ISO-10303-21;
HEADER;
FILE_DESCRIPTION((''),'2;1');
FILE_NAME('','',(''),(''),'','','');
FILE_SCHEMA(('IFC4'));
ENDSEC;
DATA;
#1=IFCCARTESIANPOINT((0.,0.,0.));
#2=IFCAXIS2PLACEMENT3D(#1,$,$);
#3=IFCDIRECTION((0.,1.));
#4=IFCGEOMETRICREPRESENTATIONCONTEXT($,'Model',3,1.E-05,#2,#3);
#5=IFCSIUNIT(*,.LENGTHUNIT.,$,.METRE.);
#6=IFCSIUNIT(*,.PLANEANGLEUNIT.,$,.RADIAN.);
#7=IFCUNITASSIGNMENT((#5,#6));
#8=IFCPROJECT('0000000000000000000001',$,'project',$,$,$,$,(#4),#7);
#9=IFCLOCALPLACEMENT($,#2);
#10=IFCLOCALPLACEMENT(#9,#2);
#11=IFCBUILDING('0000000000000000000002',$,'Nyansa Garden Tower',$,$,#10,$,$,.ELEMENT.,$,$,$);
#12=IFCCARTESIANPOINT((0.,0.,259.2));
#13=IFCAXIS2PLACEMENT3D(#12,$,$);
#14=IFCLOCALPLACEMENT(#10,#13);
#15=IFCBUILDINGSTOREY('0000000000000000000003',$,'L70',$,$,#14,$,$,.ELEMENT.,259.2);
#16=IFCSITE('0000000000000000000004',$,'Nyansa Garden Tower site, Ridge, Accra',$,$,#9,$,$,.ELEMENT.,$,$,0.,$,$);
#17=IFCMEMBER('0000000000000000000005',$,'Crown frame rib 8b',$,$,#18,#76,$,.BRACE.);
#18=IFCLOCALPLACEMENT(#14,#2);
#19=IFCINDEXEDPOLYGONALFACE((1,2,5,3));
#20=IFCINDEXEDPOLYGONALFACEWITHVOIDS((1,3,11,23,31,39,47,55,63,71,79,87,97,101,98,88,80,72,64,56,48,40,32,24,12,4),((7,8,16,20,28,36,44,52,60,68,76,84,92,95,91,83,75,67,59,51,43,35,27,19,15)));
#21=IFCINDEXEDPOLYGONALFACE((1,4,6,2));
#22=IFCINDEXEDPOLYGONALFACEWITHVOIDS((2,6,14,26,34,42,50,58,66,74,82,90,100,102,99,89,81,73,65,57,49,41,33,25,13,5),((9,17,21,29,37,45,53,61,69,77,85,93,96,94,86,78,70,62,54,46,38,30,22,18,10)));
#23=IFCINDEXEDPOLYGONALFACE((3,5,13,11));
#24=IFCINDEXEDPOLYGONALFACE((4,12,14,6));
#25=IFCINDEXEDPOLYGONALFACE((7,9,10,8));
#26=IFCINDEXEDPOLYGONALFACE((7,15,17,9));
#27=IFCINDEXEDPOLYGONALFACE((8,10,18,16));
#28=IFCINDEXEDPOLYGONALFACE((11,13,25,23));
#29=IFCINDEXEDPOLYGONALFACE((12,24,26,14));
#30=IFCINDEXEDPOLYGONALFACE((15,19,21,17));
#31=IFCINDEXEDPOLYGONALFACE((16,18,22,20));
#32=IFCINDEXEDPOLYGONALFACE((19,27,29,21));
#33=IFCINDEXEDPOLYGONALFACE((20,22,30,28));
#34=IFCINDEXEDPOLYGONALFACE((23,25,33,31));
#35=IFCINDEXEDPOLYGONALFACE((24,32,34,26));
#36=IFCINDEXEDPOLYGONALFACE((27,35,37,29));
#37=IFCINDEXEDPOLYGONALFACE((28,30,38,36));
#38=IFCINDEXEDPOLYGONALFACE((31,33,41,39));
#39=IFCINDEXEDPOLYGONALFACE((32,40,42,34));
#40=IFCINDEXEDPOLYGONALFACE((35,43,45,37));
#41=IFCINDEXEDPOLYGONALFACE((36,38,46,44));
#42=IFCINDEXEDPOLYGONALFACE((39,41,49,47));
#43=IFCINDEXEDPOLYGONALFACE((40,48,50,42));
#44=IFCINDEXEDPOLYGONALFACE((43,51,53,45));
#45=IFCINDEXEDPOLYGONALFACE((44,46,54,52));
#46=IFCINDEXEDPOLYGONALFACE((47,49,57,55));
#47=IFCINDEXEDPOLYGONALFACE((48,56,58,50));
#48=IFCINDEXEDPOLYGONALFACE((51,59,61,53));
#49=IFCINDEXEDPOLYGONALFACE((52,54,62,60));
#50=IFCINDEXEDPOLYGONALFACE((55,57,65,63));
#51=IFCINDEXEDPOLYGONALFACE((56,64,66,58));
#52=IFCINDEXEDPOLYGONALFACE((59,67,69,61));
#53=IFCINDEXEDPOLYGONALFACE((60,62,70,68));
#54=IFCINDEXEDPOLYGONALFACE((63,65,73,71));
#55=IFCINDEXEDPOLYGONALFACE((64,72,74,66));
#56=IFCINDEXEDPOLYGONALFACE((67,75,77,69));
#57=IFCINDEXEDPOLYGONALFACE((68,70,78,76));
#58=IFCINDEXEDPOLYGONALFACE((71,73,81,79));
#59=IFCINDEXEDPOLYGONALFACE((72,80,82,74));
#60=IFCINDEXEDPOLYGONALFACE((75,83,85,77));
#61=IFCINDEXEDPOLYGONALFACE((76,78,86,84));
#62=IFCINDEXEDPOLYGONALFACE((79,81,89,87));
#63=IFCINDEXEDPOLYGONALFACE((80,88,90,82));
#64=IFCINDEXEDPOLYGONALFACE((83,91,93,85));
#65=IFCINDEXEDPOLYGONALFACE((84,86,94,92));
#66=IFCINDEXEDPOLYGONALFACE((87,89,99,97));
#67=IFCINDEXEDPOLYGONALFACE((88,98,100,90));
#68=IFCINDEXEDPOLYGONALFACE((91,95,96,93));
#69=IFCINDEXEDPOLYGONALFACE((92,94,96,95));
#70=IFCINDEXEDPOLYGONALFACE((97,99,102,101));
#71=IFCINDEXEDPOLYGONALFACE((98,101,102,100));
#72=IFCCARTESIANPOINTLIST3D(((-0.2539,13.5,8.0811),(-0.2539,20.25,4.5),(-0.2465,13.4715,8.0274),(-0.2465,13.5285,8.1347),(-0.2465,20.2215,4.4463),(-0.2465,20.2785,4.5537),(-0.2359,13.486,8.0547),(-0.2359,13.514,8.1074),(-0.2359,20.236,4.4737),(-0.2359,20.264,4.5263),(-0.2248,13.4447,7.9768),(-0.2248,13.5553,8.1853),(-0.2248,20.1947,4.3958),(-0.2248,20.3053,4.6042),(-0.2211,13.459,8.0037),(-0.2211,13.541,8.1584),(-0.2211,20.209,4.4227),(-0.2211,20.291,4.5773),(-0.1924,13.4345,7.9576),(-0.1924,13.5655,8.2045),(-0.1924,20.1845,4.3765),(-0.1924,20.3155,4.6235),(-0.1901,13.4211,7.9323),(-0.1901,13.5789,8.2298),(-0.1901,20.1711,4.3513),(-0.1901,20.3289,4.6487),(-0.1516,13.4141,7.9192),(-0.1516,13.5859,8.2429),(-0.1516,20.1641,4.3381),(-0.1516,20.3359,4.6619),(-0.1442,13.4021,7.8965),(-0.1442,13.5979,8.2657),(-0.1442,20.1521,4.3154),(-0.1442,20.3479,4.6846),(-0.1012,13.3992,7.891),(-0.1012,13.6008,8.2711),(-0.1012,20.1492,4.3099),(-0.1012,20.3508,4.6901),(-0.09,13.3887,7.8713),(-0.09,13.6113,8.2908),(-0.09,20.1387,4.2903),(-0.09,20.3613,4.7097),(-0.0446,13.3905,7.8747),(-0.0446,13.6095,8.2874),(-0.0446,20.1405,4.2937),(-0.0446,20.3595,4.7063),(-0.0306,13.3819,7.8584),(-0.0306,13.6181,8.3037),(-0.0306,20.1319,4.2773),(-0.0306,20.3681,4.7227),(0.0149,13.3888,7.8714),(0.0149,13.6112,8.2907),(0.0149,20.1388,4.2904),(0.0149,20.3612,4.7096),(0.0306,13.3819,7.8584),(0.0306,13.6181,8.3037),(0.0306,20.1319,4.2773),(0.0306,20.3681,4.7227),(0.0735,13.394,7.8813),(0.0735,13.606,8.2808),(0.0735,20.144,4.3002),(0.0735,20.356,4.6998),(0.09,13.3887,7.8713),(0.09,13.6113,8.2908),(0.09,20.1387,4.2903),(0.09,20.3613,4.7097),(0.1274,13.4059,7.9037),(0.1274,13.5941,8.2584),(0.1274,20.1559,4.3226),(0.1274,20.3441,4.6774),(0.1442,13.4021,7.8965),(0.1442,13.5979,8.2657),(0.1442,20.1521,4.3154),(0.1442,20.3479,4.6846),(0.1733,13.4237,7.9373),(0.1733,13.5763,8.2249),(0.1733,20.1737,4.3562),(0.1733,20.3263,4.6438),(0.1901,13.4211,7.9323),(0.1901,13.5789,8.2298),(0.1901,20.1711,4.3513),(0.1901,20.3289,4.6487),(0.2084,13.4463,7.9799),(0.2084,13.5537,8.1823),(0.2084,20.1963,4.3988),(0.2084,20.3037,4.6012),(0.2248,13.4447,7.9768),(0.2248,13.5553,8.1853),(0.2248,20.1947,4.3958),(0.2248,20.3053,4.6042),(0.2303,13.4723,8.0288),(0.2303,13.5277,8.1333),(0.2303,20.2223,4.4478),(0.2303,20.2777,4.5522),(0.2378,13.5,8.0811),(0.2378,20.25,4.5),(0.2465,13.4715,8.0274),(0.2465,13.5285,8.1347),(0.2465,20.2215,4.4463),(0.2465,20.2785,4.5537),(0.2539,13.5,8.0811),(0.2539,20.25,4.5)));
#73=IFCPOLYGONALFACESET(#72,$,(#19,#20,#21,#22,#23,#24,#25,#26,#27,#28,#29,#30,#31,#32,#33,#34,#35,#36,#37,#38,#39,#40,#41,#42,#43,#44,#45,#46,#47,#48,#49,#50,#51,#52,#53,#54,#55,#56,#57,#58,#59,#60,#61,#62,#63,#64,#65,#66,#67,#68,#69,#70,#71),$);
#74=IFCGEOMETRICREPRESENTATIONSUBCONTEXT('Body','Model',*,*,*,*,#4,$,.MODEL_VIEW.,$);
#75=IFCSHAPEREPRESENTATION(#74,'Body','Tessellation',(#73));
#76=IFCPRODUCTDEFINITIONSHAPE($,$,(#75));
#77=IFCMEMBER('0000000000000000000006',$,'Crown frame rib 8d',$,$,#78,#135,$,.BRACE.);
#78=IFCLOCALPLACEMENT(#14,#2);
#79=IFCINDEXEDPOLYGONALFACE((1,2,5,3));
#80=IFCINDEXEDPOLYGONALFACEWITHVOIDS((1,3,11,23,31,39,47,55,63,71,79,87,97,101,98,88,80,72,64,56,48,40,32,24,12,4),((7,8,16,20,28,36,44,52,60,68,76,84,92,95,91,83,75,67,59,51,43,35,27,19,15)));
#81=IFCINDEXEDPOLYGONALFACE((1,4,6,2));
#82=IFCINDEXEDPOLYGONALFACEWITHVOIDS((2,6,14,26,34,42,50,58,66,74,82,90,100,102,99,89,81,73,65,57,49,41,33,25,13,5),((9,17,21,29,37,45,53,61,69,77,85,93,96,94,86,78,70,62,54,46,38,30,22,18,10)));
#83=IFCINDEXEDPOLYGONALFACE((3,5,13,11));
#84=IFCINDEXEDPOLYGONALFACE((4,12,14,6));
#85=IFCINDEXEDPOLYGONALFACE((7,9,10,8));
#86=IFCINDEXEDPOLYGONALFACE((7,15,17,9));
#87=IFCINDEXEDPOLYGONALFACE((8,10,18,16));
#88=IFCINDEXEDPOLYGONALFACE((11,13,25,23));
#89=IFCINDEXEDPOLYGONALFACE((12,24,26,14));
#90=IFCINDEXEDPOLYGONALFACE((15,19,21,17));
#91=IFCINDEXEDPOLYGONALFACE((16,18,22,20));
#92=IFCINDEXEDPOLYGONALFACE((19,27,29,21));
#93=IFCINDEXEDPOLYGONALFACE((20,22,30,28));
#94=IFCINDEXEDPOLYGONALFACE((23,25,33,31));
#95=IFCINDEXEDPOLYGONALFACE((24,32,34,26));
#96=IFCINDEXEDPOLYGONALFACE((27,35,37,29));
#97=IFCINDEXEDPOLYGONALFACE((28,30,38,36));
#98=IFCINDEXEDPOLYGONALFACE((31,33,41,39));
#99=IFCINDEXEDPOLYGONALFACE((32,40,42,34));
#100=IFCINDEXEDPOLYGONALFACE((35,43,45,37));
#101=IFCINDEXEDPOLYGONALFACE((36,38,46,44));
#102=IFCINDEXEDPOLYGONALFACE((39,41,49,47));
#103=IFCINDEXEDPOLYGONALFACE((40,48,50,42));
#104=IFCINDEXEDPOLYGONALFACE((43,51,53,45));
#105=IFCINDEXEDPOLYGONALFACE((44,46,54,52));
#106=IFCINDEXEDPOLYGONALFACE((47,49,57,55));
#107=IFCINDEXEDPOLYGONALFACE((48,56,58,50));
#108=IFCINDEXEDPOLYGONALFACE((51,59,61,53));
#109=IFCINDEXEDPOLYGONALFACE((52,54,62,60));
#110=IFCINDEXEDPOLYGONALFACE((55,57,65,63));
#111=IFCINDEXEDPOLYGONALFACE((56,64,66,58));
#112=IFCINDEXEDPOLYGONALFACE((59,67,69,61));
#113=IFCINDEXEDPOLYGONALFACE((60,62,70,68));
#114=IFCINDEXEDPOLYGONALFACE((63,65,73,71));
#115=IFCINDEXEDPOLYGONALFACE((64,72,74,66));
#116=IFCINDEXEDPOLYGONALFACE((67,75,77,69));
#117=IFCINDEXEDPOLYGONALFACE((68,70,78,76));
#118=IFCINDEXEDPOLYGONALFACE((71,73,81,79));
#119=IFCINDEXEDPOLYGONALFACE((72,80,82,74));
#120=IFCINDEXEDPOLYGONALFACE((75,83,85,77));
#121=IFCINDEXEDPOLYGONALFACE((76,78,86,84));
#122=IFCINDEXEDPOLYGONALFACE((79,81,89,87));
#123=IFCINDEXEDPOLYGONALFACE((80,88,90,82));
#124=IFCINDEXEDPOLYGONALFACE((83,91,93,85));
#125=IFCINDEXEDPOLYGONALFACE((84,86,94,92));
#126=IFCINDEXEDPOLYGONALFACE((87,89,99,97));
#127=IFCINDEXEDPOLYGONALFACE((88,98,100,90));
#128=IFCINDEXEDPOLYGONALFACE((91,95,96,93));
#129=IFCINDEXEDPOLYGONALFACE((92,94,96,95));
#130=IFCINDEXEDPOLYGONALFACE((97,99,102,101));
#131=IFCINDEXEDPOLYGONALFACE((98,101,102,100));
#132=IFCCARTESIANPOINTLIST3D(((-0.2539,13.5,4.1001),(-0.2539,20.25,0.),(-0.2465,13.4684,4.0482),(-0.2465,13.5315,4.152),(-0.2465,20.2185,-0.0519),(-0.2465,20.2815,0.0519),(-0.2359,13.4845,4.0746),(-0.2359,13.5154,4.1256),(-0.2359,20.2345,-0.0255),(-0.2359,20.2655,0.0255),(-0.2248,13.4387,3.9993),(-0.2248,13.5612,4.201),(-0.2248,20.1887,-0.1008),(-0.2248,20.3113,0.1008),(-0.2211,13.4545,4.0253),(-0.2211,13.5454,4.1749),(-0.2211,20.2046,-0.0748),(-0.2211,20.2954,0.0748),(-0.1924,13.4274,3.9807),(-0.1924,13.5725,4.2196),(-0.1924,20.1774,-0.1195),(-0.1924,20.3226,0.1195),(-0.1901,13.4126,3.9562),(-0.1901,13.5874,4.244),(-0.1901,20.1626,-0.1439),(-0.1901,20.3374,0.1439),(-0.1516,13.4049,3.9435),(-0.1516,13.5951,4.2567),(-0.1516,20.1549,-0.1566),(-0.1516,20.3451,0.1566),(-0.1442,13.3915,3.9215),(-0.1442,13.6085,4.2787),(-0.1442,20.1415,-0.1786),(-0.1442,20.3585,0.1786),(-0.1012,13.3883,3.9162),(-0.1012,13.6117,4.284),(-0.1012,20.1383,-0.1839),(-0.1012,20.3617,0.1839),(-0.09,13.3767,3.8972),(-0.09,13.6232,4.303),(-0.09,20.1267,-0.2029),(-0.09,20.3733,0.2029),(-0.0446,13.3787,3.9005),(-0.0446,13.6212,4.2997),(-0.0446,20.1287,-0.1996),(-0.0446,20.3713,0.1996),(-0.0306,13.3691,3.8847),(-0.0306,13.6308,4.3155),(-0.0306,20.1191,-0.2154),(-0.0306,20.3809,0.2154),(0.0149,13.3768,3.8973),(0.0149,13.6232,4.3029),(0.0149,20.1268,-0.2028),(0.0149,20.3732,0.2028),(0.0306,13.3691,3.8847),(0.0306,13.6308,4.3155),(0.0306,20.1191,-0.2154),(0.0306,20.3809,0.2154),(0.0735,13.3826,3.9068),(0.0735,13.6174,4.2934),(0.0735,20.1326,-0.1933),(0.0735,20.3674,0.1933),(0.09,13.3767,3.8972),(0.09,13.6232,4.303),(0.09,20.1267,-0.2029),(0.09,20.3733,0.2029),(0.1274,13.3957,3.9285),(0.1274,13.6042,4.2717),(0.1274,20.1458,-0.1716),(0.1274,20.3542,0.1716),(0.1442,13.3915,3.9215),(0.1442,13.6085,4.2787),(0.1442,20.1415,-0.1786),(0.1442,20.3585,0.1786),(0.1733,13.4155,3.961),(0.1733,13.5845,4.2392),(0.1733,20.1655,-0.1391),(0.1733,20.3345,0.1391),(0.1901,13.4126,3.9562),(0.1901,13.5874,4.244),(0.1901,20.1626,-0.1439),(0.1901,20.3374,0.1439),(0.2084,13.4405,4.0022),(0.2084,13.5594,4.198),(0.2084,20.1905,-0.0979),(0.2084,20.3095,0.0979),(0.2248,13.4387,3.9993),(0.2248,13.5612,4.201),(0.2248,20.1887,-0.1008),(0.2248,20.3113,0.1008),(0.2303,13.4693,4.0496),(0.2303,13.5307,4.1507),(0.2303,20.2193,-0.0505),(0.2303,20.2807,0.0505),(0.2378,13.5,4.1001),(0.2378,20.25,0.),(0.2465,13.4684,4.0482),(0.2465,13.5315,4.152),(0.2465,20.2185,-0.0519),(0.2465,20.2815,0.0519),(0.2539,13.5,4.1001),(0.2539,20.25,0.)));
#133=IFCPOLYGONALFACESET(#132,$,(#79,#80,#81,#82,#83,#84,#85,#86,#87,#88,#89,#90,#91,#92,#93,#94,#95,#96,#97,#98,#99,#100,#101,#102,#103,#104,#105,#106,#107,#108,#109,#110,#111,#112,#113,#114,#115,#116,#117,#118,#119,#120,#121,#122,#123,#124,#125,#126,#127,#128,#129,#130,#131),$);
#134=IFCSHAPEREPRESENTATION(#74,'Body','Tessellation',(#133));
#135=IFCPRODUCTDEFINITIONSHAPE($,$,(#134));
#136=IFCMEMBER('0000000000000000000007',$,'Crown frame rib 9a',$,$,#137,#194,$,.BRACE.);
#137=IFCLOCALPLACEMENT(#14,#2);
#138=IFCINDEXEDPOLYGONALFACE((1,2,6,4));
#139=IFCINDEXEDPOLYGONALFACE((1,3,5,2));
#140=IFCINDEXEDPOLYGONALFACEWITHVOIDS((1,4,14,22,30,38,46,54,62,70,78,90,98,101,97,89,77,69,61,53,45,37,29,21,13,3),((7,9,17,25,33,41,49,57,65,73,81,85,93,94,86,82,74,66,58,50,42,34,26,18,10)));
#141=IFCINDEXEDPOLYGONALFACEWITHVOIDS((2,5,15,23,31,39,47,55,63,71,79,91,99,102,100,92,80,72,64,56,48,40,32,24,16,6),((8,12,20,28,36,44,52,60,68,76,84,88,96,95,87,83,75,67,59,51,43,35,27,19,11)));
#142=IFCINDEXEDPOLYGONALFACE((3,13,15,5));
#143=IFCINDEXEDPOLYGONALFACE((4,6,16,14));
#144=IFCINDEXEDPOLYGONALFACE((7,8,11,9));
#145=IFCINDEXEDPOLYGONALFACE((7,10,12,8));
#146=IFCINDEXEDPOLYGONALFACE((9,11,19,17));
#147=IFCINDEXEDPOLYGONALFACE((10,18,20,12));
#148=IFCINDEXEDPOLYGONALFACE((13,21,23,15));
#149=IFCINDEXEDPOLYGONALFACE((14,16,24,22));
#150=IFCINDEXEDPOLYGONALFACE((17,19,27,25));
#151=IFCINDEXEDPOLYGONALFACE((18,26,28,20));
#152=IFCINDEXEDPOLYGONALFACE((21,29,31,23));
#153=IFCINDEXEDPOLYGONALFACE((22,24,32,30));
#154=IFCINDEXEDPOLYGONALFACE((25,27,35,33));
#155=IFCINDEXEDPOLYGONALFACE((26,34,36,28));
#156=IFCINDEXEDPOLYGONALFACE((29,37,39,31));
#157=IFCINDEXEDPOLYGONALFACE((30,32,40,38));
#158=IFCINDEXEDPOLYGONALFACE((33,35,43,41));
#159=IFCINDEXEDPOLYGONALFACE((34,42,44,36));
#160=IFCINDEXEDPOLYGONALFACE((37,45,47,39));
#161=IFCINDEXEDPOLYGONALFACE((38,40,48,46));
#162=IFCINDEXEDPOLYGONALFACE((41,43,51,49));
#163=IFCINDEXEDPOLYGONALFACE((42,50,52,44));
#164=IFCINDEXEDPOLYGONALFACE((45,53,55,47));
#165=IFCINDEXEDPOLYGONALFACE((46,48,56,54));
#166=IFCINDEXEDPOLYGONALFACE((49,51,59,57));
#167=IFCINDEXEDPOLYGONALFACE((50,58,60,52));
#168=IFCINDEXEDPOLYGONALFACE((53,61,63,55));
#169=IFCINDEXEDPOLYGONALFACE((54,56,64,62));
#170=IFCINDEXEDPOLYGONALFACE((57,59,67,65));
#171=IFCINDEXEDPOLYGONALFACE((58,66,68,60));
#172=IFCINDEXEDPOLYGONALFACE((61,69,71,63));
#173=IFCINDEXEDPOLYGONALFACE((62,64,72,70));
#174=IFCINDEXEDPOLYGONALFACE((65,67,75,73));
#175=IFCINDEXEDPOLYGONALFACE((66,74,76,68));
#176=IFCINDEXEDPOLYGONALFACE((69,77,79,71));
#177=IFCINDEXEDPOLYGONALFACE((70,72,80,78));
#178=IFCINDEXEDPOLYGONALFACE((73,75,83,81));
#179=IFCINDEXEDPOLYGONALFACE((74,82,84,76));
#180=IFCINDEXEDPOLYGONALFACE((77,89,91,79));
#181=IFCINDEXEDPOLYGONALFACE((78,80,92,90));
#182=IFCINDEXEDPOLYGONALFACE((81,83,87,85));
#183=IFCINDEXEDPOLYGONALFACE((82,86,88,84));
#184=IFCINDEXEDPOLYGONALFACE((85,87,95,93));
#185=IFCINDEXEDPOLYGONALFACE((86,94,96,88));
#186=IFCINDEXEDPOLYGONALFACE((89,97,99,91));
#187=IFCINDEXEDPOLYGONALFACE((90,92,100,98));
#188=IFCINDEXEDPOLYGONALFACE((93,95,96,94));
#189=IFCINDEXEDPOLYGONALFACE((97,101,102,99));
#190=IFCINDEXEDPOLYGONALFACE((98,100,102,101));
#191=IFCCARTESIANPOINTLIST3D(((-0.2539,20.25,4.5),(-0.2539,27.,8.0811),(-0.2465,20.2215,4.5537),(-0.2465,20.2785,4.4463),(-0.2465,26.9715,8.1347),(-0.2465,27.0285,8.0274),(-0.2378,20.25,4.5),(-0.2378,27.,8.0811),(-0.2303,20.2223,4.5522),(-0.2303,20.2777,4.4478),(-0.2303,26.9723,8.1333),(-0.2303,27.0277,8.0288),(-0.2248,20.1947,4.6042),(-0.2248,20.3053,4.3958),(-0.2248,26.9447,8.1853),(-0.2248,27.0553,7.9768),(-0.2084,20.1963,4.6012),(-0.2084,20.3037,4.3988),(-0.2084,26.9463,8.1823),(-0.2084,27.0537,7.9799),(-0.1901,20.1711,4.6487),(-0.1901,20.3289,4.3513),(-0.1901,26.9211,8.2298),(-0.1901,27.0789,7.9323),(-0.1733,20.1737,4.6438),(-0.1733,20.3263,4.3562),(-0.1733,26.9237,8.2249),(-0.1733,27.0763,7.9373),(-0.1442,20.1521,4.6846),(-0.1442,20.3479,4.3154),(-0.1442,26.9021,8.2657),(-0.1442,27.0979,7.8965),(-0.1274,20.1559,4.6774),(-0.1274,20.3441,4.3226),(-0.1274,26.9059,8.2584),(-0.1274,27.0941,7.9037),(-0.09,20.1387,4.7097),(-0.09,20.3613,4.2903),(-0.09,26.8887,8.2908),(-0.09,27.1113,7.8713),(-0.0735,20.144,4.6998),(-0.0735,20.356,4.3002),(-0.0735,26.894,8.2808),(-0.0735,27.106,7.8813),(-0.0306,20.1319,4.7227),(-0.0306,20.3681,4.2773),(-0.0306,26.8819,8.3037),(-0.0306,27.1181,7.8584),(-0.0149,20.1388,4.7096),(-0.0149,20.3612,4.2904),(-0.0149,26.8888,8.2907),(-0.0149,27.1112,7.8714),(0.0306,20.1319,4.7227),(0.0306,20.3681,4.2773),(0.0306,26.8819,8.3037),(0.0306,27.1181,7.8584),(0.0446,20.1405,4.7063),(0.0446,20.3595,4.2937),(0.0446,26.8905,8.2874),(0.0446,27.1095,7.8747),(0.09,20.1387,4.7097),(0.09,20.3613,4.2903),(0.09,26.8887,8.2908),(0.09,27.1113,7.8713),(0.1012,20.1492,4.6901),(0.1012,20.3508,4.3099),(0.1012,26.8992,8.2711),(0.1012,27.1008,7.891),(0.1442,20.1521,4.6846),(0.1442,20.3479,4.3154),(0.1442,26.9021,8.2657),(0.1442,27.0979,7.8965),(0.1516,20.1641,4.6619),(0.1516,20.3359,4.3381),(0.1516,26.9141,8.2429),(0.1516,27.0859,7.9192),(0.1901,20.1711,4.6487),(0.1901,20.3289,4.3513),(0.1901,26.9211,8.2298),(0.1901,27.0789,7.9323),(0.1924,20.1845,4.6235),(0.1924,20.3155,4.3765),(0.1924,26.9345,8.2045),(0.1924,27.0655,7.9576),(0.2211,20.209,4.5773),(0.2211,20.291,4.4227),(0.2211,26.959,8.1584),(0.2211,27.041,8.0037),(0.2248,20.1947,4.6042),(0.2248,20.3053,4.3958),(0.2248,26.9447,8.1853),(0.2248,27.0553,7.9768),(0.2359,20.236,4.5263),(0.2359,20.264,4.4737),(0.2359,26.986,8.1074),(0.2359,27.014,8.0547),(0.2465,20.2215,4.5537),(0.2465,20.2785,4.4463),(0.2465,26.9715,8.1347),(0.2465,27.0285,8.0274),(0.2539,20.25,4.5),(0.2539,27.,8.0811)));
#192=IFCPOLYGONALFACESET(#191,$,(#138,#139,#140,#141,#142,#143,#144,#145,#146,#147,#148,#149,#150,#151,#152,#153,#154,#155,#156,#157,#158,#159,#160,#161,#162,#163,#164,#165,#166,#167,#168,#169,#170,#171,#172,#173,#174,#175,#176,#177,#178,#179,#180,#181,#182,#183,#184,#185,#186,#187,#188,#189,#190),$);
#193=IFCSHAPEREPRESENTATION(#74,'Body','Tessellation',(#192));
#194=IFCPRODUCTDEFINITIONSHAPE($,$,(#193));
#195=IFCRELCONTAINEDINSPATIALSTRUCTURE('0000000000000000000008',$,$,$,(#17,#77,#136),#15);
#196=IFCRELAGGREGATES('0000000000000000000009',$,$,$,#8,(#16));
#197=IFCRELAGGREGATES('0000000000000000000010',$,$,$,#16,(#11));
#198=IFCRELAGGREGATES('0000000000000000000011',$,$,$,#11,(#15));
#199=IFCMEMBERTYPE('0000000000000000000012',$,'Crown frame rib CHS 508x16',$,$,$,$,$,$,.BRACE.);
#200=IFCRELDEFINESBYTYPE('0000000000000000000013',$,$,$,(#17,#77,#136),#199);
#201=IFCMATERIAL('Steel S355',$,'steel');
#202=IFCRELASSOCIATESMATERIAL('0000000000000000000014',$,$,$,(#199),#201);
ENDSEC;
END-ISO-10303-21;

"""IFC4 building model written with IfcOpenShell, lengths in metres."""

from ifc_helpers import new_model, si_unit, direction, frame, origin, origin_2d, place, context, subcontext, project, spatial, hollow_circle, extrude, material, material_profile, profile_set, type_object, element, save


model = new_model("IFC4")

# Units and contexts
model_context = context("Model", 3, precision=1e-05, world=origin(), true_north=direction((0.0, 1.0)))
body_context = subcontext(model_context, "Body", "Model", "MODEL_VIEW")
ifc_project = project(units=[si_unit("LENGTHUNIT", "METRE"), si_unit("PLANEANGLEUNIT", "RADIAN")], contexts=[model_context])

# Site, building, storey
site_placement = place(None, origin())
site = spatial("IfcSite", under=ifc_project, at=site_placement, Name="Nyansa Garden Tower site, Ridge, Accra", CompositionType="ELEMENT", RefElevation=0.0)
building_placement = place(site_placement, origin())
building = spatial("IfcBuilding", under=site, at=building_placement, Name="Nyansa Garden Tower", CompositionType="ELEMENT")
storey_placement = place(building_placement, frame((0.0, 0.0, 259.2)))
storey = spatial("IfcBuildingStorey", under=building, at=storey_placement, Name="L70", CompositionType="ELEMENT", Elevation=259.2)

# Members
ifc_material_1 = material(Name="Steel S355", Category="steel")
ifc_material_profile_1 = material_profile(ifc_material_1, hollow_circle(Radius=0.2539, WallThickness=0.0161, at=origin_2d()), Name="CHS 508x16")
ifc_profile_set_1 = profile_set([ifc_material_profile_1], Name="Steel S355")
member_type = type_object("IfcMemberType", Name="Crown frame rib CHS 508x16", PredefinedType="BRACE", material=ifc_profile_set_1)
member_1_placement = place(storey_placement, frame((0.0, 20.25, 4.5), z_axis=(0.0, -0.88338, 0.468657), x_axis=(1.0, 0.0, 0.0)))
element("IfcMember", 1, at=member_1_placement, inside=storey, type_object=member_type, Name="Crown frame rib 8b", PredefinedType="BRACE", context=body_context, shape_type="SweptSolid", body=[
    extrude(hollow_circle(Radius=0.2539, WallThickness=0.0161, at=origin_2d()), origin(), (0.0, 0.0, 1.0), 7.6411),
])
member_2_placement = place(storey_placement, frame((0.0, 20.25, 0.0), z_axis=(0.0, -0.854682, 0.519152), x_axis=(1.0, 0.0, 0.0)))
element("IfcMember", 2, at=member_2_placement, inside=storey, type_object=member_type, Name="Crown frame rib 8d", PredefinedType="BRACE", context=body_context, shape_type="SweptSolid", body=[
    extrude(hollow_circle(Radius=0.2539, WallThickness=0.0161, at=origin_2d()), origin(), (0.0, 0.0, 1.0), 7.8977),
])
for number, where, z_axis, x_axis, name in (
    (3, (0.0, 20.25, 4.5), (0.0, 0.88338, 0.468657), (-1.0, 0.0, 0.0), "Crown frame rib 9a"),
):
    element("IfcMember", number, at=place(storey_placement, frame(where, z_axis=z_axis, x_axis=x_axis)), inside=storey, type_object=member_type, Name=name, PredefinedType="BRACE", context=body_context, shape_type="SweptSolid", body=[
        extrude(hollow_circle(Radius=0.2539, WallThickness=0.0161, at=origin_2d()), origin(), (0.0, 0.0, 1.0), 7.6411),
    ])

save(model, "model.ifc")
